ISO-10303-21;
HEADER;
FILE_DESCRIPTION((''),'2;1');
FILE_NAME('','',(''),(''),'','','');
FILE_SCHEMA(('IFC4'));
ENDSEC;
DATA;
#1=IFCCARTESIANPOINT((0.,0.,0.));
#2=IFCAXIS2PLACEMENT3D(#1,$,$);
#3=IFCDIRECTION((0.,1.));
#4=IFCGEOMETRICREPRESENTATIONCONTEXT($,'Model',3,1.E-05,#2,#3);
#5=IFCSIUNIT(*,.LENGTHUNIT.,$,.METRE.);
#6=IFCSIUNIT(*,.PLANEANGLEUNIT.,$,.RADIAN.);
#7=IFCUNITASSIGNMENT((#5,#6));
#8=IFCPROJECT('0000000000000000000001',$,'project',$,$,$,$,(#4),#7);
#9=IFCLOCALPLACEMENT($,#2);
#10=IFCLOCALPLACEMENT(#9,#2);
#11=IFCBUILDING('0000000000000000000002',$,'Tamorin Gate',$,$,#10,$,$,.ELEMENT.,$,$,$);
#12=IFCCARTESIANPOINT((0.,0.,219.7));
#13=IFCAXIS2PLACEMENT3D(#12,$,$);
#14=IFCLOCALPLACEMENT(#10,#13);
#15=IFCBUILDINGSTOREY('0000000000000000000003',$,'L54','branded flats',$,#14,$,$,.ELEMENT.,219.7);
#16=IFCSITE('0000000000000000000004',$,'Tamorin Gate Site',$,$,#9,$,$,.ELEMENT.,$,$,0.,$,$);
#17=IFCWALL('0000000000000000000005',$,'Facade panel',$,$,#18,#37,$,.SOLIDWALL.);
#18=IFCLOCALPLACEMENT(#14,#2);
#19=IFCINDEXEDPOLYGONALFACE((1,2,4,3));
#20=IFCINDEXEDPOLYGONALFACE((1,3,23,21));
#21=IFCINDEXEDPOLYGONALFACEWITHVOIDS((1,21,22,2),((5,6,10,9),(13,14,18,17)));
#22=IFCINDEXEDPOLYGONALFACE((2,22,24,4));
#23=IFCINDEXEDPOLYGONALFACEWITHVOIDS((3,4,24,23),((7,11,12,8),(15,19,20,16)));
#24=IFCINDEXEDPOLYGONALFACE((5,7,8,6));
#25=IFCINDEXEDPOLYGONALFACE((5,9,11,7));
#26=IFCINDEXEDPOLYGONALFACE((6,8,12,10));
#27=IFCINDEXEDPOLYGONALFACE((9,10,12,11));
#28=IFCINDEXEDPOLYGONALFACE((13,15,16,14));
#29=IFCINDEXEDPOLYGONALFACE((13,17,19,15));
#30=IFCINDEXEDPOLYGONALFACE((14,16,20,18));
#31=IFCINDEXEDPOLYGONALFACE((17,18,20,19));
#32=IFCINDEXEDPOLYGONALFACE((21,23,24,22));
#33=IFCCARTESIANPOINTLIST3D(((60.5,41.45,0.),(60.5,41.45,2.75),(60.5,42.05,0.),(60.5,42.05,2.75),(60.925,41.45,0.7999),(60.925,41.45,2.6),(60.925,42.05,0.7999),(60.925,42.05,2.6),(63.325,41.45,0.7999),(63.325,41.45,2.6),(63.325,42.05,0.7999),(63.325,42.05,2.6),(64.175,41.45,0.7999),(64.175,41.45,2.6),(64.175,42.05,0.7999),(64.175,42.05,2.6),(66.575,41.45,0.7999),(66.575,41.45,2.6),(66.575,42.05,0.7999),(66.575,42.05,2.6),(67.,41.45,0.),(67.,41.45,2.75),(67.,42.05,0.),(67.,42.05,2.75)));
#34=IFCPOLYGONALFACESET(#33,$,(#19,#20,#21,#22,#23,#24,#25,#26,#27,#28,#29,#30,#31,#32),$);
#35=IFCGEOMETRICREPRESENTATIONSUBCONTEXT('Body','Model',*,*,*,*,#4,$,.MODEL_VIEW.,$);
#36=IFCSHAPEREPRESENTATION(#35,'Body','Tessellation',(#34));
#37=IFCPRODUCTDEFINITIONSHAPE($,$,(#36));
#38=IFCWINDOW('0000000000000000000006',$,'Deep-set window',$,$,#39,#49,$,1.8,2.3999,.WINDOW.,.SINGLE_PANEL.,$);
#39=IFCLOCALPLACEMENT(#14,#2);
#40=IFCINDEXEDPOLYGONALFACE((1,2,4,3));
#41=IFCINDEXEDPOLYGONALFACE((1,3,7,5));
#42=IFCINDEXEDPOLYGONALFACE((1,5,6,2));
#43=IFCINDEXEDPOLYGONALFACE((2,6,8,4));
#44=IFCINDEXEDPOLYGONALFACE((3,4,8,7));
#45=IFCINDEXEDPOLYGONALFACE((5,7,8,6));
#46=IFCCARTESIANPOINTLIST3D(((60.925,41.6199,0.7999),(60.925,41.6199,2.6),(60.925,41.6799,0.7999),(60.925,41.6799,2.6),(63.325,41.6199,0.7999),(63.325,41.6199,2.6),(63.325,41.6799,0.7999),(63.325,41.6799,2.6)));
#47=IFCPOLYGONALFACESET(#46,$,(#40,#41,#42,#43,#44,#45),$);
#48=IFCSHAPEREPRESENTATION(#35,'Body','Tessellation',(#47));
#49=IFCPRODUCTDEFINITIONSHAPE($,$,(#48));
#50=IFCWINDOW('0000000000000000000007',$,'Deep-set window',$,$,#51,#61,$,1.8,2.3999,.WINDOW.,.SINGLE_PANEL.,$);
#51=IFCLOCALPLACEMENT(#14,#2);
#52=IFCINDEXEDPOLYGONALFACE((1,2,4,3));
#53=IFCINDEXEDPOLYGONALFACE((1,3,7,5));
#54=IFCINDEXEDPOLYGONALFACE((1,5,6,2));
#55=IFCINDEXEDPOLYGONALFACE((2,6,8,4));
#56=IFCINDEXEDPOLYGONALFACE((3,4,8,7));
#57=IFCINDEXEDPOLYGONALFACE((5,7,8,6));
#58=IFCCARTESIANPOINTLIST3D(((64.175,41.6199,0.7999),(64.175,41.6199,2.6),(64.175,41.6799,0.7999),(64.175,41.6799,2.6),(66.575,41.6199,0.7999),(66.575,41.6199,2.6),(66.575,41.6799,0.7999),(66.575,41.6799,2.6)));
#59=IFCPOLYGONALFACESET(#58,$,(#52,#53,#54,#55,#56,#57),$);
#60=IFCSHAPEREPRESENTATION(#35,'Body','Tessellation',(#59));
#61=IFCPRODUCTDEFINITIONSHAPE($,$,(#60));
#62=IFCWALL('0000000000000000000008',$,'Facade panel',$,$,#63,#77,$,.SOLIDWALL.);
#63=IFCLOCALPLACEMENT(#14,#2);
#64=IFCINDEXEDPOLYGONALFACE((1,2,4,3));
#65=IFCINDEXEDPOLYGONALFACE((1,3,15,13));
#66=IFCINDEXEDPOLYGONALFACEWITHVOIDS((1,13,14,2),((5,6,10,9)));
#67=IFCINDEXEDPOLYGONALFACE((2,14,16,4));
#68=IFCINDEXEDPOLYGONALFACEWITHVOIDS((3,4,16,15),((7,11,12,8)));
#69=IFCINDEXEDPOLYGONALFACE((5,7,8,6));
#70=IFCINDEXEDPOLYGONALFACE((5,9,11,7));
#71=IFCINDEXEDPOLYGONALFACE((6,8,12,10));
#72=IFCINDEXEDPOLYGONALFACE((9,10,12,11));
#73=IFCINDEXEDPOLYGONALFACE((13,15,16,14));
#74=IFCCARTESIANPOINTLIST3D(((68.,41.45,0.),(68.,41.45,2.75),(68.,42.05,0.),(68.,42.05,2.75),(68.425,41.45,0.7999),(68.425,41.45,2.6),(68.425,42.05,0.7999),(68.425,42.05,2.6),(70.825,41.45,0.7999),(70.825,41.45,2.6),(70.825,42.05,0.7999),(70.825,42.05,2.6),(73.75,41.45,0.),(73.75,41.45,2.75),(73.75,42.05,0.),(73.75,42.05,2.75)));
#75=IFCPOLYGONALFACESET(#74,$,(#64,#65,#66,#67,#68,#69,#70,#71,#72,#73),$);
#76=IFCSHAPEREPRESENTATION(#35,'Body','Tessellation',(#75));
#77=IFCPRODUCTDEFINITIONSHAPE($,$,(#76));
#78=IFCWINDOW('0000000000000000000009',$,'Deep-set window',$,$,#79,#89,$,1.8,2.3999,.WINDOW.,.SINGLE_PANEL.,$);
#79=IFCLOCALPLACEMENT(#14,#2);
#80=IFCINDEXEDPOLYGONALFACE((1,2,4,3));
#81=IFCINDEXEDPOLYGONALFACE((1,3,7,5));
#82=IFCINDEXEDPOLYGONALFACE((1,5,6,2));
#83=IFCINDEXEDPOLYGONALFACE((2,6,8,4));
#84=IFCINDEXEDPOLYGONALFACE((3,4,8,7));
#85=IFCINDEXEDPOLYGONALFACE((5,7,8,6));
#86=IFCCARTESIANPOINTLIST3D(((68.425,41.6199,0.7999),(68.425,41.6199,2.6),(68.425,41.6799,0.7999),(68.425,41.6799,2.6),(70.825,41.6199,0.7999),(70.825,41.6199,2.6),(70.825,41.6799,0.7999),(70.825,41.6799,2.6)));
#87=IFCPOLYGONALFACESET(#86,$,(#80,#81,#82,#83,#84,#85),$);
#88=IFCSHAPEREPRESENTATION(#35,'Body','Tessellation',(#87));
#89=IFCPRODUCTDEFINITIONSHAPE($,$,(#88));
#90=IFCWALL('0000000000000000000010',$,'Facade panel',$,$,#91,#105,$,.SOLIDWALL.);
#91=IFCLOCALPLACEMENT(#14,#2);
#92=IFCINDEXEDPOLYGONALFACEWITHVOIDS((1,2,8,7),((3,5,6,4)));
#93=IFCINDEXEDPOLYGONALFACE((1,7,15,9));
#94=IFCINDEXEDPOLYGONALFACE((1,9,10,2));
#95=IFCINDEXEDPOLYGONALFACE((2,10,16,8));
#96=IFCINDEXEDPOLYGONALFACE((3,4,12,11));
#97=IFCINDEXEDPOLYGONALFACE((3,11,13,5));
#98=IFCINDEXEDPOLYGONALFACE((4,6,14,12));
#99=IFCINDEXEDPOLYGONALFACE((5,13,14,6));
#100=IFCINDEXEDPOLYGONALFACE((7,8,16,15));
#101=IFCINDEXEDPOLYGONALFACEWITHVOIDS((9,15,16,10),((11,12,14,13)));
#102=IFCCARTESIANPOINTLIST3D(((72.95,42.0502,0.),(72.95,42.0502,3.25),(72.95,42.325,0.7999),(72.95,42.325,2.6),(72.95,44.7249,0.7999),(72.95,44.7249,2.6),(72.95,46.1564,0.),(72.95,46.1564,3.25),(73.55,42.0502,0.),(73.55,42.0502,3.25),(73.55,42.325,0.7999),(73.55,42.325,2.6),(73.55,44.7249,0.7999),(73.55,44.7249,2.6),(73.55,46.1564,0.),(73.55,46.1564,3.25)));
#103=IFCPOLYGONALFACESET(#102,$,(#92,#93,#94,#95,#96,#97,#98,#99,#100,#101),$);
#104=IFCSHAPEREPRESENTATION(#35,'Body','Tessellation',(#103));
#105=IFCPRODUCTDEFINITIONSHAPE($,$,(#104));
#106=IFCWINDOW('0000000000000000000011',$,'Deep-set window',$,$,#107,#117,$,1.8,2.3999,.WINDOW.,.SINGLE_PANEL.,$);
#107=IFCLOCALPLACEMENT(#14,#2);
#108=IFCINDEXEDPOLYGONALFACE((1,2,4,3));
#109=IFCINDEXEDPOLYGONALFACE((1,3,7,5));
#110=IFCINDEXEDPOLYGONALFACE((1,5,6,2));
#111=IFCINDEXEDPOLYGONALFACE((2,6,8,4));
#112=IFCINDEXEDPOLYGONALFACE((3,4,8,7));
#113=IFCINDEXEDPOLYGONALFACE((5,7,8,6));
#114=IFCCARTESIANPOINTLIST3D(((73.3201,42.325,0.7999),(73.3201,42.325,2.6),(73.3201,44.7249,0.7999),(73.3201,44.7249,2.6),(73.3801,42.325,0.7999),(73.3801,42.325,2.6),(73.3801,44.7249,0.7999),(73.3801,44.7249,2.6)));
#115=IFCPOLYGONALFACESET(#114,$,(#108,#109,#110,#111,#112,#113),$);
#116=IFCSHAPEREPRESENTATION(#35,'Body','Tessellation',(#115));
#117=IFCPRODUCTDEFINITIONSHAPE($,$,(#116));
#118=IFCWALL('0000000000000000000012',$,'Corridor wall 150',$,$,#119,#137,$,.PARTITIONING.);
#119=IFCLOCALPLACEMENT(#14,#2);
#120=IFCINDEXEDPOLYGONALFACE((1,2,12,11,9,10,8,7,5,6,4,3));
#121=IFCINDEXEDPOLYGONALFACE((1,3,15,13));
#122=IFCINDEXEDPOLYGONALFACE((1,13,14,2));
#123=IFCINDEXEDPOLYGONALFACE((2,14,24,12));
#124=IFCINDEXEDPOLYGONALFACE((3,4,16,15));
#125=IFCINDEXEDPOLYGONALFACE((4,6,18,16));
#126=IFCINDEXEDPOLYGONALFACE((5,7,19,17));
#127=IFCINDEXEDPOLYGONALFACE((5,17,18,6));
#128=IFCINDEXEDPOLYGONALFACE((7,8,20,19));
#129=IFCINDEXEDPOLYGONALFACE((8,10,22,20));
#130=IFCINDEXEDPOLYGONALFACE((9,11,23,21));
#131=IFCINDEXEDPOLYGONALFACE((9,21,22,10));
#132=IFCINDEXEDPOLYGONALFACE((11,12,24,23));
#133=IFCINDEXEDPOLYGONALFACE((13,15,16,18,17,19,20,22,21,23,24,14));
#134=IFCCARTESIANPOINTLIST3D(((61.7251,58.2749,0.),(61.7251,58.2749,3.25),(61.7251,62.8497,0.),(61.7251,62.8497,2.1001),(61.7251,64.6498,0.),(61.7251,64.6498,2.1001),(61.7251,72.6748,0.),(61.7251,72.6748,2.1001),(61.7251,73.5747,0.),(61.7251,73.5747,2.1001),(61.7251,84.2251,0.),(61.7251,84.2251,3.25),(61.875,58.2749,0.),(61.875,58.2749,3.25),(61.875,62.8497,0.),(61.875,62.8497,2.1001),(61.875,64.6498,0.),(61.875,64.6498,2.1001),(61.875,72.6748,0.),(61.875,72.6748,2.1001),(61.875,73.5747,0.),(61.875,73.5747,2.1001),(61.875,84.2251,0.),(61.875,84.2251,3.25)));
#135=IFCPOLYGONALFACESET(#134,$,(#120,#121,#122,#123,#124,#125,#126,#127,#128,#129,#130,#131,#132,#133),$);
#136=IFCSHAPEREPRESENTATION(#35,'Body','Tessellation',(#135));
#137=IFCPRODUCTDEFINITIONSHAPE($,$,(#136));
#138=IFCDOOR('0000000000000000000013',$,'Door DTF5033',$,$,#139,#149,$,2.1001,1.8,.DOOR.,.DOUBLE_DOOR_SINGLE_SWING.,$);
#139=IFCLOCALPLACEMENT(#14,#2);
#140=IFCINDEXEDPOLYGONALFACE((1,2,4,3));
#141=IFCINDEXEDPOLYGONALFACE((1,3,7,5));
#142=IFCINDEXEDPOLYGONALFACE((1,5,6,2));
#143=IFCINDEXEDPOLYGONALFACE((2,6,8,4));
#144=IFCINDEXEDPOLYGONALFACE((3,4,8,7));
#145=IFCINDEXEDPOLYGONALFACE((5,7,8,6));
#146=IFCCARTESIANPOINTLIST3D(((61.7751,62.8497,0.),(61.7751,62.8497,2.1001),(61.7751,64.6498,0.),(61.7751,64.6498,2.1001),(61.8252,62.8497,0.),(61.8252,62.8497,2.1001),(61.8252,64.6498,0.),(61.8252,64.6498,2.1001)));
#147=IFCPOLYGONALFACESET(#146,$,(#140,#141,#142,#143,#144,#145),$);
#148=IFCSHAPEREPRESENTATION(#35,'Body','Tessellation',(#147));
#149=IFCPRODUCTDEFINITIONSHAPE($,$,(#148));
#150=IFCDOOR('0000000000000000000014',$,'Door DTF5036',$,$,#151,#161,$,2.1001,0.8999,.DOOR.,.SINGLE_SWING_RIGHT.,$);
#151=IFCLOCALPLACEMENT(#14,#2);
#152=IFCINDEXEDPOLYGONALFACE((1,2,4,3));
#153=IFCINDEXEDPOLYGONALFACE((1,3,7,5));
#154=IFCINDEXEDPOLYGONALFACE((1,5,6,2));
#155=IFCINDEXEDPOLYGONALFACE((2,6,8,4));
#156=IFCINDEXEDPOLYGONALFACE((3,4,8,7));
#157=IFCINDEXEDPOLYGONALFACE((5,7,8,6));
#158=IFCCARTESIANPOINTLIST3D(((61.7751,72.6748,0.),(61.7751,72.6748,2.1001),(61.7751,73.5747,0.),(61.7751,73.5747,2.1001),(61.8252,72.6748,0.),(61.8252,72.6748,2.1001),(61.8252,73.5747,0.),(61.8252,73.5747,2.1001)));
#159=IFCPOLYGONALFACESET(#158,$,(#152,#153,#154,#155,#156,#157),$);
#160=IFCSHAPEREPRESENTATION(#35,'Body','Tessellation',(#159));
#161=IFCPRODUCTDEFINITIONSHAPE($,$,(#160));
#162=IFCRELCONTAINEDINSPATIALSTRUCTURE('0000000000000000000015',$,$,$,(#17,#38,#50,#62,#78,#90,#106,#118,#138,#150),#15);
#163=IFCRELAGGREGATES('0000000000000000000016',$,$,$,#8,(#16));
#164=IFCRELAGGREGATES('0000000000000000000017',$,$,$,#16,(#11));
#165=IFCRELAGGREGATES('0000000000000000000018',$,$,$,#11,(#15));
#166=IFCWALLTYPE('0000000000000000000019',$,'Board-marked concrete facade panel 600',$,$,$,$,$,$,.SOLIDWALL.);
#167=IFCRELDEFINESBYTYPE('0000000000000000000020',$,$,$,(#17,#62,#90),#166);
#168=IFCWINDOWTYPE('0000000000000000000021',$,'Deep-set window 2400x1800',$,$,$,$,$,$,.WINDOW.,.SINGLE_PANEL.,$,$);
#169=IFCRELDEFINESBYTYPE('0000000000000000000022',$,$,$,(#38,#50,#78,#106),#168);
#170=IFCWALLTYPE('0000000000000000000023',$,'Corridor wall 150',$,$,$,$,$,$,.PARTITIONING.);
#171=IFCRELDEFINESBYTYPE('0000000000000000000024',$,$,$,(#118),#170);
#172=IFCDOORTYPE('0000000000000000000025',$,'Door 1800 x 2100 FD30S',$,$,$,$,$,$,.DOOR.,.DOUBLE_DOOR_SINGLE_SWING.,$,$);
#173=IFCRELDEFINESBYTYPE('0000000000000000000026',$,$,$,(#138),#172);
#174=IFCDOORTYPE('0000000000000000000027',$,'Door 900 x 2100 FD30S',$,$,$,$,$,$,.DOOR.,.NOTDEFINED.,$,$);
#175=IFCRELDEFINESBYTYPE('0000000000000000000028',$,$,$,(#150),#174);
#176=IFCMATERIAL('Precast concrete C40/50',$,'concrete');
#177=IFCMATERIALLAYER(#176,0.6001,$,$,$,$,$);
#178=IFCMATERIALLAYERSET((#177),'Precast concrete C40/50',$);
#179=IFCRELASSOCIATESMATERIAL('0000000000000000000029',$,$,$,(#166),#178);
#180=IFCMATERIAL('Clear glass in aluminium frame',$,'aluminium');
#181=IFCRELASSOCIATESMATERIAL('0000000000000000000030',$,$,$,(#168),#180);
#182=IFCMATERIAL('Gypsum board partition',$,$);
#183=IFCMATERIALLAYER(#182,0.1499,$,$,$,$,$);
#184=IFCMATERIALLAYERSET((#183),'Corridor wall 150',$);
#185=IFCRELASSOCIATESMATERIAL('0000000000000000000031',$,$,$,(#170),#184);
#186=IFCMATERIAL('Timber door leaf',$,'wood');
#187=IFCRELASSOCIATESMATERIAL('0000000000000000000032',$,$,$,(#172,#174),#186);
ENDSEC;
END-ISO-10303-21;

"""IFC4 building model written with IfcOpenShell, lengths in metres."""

from ifc_helpers import new_model, si_unit, direction, frame, frame_2d, origin, place, context, subcontext, project, spatial, rectangle, extrude, material, layer, layer_set, type_object, element, fill, save


model = new_model("IFC4")

# Units and contexts
model_context = context("Model", 3, precision=1e-05, world=origin(), true_north=direction((0.0, 1.0)))
body_context = subcontext(model_context, "Body", "Model", "MODEL_VIEW")
ifc_project = project(units=[si_unit("LENGTHUNIT", "METRE"), si_unit("PLANEANGLEUNIT", "RADIAN")], contexts=[model_context])

# Site, building, storey
site_placement = place(None, origin())
site = spatial("IfcSite", under=ifc_project, at=site_placement, Name="Tamorin Gate Site", CompositionType="ELEMENT", RefElevation=0.0)
building_placement = place(site_placement, origin())
building = spatial("IfcBuilding", under=site, at=building_placement, Name="Tamorin Gate", CompositionType="ELEMENT")
storey_placement = place(building_placement, frame((0.0, 0.0, 219.7)))
storey = spatial("IfcBuildingStorey", under=building, at=storey_placement, Name="L54", Description="branded flats", CompositionType="ELEMENT", Elevation=219.7)

# Wall, openings, windows
ifc_material_1 = material(Name="Precast concrete C40/50", Category="concrete")
ifc_layer_1 = layer(ifc_material_1, 0.6001)
ifc_layer_set_1 = layer_set([ifc_layer_1], Name="Precast concrete C40/50")
wall_type_1 = type_object("IfcWallType", Name="Board-marked concrete facade panel 600", PredefinedType="SOLIDWALL", material=ifc_layer_set_1)
ifc_material_2 = material(Name="Clear glass in aluminium frame", Category="aluminium")
window_type = type_object("IfcWindowType", Name="Deep-set window 2400x1800", PartitioningType="SINGLE_PANEL", PredefinedType="WINDOW", material=ifc_material_2)
wall_1_placement = place(storey_placement, frame((60.5, 41.75, 0.0), z_axis=(0.0, 0.0, 1.0), x_axis=(1.0, 0.0, 0.0)))
wall_1 = element("IfcWall", 1, at=wall_1_placement, inside=storey, type_object=wall_type_1, Name="Facade panel", PredefinedType="SOLIDWALL", context=body_context, shape_type="SweptSolid", body=[
    extrude(rectangle(XDim=6.5, YDim=0.6001, at=frame_2d((3.25, 0.0))), origin(), (0.0, 0.0, 1.0), 2.75),
])
opening_1_placement = place(wall_1_placement, frame((0.425, 0.0, 0.8)))
opening_1 = element("IfcOpeningElement", 2, at=opening_1_placement, cuts=wall_1, PredefinedType="OPENING", context=body_context, shape_type="SweptSolid", body=[
    extrude(rectangle(XDim=2.3999, YDim=1.8, at=frame_2d((1.2, 0.8999))), frame((0.0, 0.3101, 0.0), z_axis=(0.0, -1.0, 0.0), x_axis=(1.0, 0.0, 0.0)), (0.0, 0.0, 1.0), 0.6201),
])
opening_2_placement = place(wall_1_placement, frame((3.675, 0.0, 0.8)))
opening_2 = element("IfcOpeningElement", 3, at=opening_2_placement, cuts=wall_1, PredefinedType="OPENING", context=body_context, shape_type="SweptSolid", body=[
    extrude(rectangle(XDim=2.3999, YDim=1.8, at=frame_2d((1.2, 0.8999))), frame((0.0, 0.3101, 0.0), z_axis=(0.0, -1.0, 0.0), x_axis=(1.0, 0.0, 0.0)), (0.0, 0.0, 1.0), 0.6201),
])
window_1_placement = place(opening_1_placement, origin())
window_1 = element("IfcWindow", 4, at=window_1_placement, inside=storey, type_object=window_type, Name="Deep-set window", OverallHeight=1.8, OverallWidth=2.3999, PartitioningType="SINGLE_PANEL", PredefinedType="WINDOW", context=body_context, shape_type="SweptSolid", body=[
    extrude(rectangle(XDim=2.3999, YDim=1.8, at=frame_2d((1.2, 0.8999))), frame((0.0, -0.0701, 0.0), z_axis=(0.0, -1.0, 0.0), x_axis=(1.0, 0.0, 0.0)), (0.0, 0.0, 1.0), 0.0601),
])
fill(opening_1, window_1)
window_2_placement = place(opening_2_placement, origin())
window_2 = element("IfcWindow", 5, at=window_2_placement, inside=storey, type_object=window_type, Name="Deep-set window", OverallHeight=1.8, OverallWidth=2.3999, PartitioningType="SINGLE_PANEL", PredefinedType="WINDOW", context=body_context, shape_type="SweptSolid", body=[
    extrude(rectangle(XDim=2.3999, YDim=1.8, at=frame_2d((1.2, 0.8999))), frame((0.0, -0.0701, 0.0), z_axis=(0.0, -1.0, 0.0), x_axis=(1.0, 0.0, 0.0)), (0.0, 0.0, 1.0), 0.0601),
])
fill(opening_2, window_2)

# Walls, openings, windows
wall_2_placement = place(storey_placement, frame((68.0, 41.75, 0.0), z_axis=(0.0, 0.0, 1.0), x_axis=(1.0, 0.0, 0.0)))
wall_2 = element("IfcWall", 6, at=wall_2_placement, inside=storey, type_object=wall_type_1, Name="Facade panel", PredefinedType="SOLIDWALL", context=body_context, shape_type="SweptSolid", body=[
    extrude(rectangle(XDim=5.75, YDim=0.6001, at=frame_2d((2.875, 0.0))), origin(), (0.0, 0.0, 1.0), 2.75),
])
opening_3_placement = place(wall_2_placement, frame((0.425, 0.0, 0.8)))
opening_3 = element("IfcOpeningElement", 7, at=opening_3_placement, cuts=wall_2, PredefinedType="OPENING", context=body_context, shape_type="SweptSolid", body=[
    extrude(rectangle(XDim=2.3999, YDim=1.8, at=frame_2d((1.2, 0.8999))), frame((0.0, 0.3101, 0.0), z_axis=(0.0, -1.0, 0.0), x_axis=(1.0, 0.0, 0.0)), (0.0, 0.0, 1.0), 0.6201),
])
window_3_placement = place(opening_3_placement, origin())
window_3 = element("IfcWindow", 8, at=window_3_placement, inside=storey, type_object=window_type, Name="Deep-set window", OverallHeight=1.8, OverallWidth=2.3999, PartitioningType="SINGLE_PANEL", PredefinedType="WINDOW", context=body_context, shape_type="SweptSolid", body=[
    extrude(rectangle(XDim=2.3999, YDim=1.8, at=frame_2d((1.2, 0.8999))), frame((0.0, -0.0701, 0.0), z_axis=(0.0, -1.0, 0.0), x_axis=(1.0, 0.0, 0.0)), (0.0, 0.0, 1.0), 0.0601),
])
fill(opening_3, window_3)
wall_3_placement = place(storey_placement, frame((73.25, 42.05, 0.0), z_axis=(0.0, 0.0, 1.0), x_axis=(0.0, 1.0, 0.0)))
wall_3 = element("IfcWall", 9, at=wall_3_placement, inside=storey, type_object=wall_type_1, Name="Facade panel", PredefinedType="SOLIDWALL", context=body_context, shape_type="SweptSolid", body=[
    extrude(rectangle(XDim=4.1062, YDim=0.6001, at=frame_2d((2.0532, 0.0))), origin(), (0.0, 0.0, 1.0), 3.25),
])
opening_4_placement = place(wall_3_placement, frame((0.2749, 0.0, 0.8)))
opening_4 = element("IfcOpeningElement", 10, at=opening_4_placement, cuts=wall_3, PredefinedType="OPENING", context=body_context, shape_type="SweptSolid", body=[
    extrude(rectangle(XDim=2.3999, YDim=1.8, at=frame_2d((1.2, 0.8999))), frame((0.0, 0.3101, 0.0), z_axis=(0.0, -1.0, 0.0), x_axis=(1.0, 0.0, 0.0)), (0.0, 0.0, 1.0), 0.6201),
])
window_4_placement = place(opening_4_placement, origin())
window_4 = element("IfcWindow", 11, at=window_4_placement, inside=storey, type_object=window_type, Name="Deep-set window", OverallHeight=1.8, OverallWidth=2.3999, PartitioningType="SINGLE_PANEL", PredefinedType="WINDOW", context=body_context, shape_type="SweptSolid", body=[
    extrude(rectangle(XDim=2.3999, YDim=1.8, at=frame_2d((1.2, 0.8999))), frame((0.0, -0.0701, 0.0), z_axis=(0.0, -1.0, 0.0), x_axis=(1.0, 0.0, 0.0)), (0.0, 0.0, 1.0), 0.0601),
])
fill(opening_4, window_4)

# Wall, openings, doors
ifc_material_3 = material(Name="Gypsum board partition")
ifc_layer_2 = layer(ifc_material_3, 0.1499)
ifc_layer_set_2 = layer_set([ifc_layer_2], Name="Corridor wall 150")
wall_type_2 = type_object("IfcWallType", Name="Corridor wall 150", PredefinedType="PARTITIONING", material=ifc_layer_set_2)
wall_4_placement = place(storey_placement, frame((61.8, 58.2749, 0.0), z_axis=(0.0, 0.0, 1.0), x_axis=(0.0, 1.0, 0.0)))
wall_4 = element("IfcWall", 12, at=wall_4_placement, inside=storey, type_object=wall_type_2, Name="Corridor wall 150", PredefinedType="PARTITIONING", context=body_context, shape_type="SweptSolid", body=[
    extrude(rectangle(XDim=25.9502, YDim=0.1499, at=frame_2d((12.9751, 0.0))), origin(), (0.0, 0.0, 1.0), 3.25),
])
opening_5_placement = place(wall_4_placement, frame((4.575, 0.0, 0.0)))
opening_5 = element("IfcOpeningElement", 13, at=opening_5_placement, cuts=wall_4, PredefinedType="OPENING", context=body_context, shape_type="SweptSolid", body=[
    extrude(rectangle(XDim=1.8, YDim=2.1001, at=frame_2d((0.8999, 1.05))), frame((0.0, 0.085, 0.0), z_axis=(0.0, -1.0, 0.0), x_axis=(1.0, 0.0, 0.0)), (0.0, 0.0, 1.0), 0.1699),
])
opening_6_placement = place(wall_4_placement, frame((14.3999, 0.0, 0.0)))
opening_6 = element("IfcOpeningElement", 14, at=opening_6_placement, cuts=wall_4, PredefinedType="OPENING", context=body_context, shape_type="SweptSolid", body=[
    extrude(rectangle(XDim=0.8999, YDim=2.1001, at=frame_2d((0.45, 1.05))), frame((0.0, 0.085, 0.0), z_axis=(0.0, -1.0, 0.0), x_axis=(1.0, 0.0, 0.0)), (0.0, 0.0, 1.0), 0.1699),
])
ifc_material_4 = material(Name="Timber door leaf", Category="wood")
door_type_1 = type_object("IfcDoorType", Name="Door 1800 x 2100 FD30S", OperationType="DOUBLE_DOOR_SINGLE_SWING", PredefinedType="DOOR", material=ifc_material_4)
door_1_placement = place(opening_5_placement, origin())
door_1 = element("IfcDoor", 15, at=door_1_placement, inside=storey, type_object=door_type_1, Name="Door DTF5033", OperationType="DOUBLE_DOOR_SINGLE_SWING", OverallHeight=2.1001, OverallWidth=1.8, PredefinedType="DOOR", context=body_context, shape_type="SweptSolid", body=[
    extrude(rectangle(XDim=1.8, YDim=2.1001, at=frame_2d((0.8999, 1.05))), frame((0.0, 0.0249, 0.0), z_axis=(0.0, -1.0, 0.0), x_axis=(1.0, 0.0, 0.0)), (0.0, 0.0, 1.0), 0.05),
])
fill(opening_5, door_1)
door_type_2 = type_object("IfcDoorType", Name="Door 900 x 2100 FD30S", OperationType="NOTDEFINED", PredefinedType="DOOR", material=ifc_material_4)
door_2_placement = place(opening_6_placement, origin())
door_2 = element("IfcDoor", 16, at=door_2_placement, inside=storey, type_object=door_type_2, Name="Door DTF5036", OperationType="SINGLE_SWING_RIGHT", OverallHeight=2.1001, OverallWidth=0.8999, PredefinedType="DOOR", context=body_context, shape_type="SweptSolid", body=[
    extrude(rectangle(XDim=0.8999, YDim=2.1001, at=frame_2d((0.45, 1.05))), frame((0.0, 0.0249, 0.0), z_axis=(0.0, -1.0, 0.0), x_axis=(1.0, 0.0, 0.0)), (0.0, 0.0, 1.0), 0.05),
])
fill(opening_6, door_2)

save(model, "model.ifc")
